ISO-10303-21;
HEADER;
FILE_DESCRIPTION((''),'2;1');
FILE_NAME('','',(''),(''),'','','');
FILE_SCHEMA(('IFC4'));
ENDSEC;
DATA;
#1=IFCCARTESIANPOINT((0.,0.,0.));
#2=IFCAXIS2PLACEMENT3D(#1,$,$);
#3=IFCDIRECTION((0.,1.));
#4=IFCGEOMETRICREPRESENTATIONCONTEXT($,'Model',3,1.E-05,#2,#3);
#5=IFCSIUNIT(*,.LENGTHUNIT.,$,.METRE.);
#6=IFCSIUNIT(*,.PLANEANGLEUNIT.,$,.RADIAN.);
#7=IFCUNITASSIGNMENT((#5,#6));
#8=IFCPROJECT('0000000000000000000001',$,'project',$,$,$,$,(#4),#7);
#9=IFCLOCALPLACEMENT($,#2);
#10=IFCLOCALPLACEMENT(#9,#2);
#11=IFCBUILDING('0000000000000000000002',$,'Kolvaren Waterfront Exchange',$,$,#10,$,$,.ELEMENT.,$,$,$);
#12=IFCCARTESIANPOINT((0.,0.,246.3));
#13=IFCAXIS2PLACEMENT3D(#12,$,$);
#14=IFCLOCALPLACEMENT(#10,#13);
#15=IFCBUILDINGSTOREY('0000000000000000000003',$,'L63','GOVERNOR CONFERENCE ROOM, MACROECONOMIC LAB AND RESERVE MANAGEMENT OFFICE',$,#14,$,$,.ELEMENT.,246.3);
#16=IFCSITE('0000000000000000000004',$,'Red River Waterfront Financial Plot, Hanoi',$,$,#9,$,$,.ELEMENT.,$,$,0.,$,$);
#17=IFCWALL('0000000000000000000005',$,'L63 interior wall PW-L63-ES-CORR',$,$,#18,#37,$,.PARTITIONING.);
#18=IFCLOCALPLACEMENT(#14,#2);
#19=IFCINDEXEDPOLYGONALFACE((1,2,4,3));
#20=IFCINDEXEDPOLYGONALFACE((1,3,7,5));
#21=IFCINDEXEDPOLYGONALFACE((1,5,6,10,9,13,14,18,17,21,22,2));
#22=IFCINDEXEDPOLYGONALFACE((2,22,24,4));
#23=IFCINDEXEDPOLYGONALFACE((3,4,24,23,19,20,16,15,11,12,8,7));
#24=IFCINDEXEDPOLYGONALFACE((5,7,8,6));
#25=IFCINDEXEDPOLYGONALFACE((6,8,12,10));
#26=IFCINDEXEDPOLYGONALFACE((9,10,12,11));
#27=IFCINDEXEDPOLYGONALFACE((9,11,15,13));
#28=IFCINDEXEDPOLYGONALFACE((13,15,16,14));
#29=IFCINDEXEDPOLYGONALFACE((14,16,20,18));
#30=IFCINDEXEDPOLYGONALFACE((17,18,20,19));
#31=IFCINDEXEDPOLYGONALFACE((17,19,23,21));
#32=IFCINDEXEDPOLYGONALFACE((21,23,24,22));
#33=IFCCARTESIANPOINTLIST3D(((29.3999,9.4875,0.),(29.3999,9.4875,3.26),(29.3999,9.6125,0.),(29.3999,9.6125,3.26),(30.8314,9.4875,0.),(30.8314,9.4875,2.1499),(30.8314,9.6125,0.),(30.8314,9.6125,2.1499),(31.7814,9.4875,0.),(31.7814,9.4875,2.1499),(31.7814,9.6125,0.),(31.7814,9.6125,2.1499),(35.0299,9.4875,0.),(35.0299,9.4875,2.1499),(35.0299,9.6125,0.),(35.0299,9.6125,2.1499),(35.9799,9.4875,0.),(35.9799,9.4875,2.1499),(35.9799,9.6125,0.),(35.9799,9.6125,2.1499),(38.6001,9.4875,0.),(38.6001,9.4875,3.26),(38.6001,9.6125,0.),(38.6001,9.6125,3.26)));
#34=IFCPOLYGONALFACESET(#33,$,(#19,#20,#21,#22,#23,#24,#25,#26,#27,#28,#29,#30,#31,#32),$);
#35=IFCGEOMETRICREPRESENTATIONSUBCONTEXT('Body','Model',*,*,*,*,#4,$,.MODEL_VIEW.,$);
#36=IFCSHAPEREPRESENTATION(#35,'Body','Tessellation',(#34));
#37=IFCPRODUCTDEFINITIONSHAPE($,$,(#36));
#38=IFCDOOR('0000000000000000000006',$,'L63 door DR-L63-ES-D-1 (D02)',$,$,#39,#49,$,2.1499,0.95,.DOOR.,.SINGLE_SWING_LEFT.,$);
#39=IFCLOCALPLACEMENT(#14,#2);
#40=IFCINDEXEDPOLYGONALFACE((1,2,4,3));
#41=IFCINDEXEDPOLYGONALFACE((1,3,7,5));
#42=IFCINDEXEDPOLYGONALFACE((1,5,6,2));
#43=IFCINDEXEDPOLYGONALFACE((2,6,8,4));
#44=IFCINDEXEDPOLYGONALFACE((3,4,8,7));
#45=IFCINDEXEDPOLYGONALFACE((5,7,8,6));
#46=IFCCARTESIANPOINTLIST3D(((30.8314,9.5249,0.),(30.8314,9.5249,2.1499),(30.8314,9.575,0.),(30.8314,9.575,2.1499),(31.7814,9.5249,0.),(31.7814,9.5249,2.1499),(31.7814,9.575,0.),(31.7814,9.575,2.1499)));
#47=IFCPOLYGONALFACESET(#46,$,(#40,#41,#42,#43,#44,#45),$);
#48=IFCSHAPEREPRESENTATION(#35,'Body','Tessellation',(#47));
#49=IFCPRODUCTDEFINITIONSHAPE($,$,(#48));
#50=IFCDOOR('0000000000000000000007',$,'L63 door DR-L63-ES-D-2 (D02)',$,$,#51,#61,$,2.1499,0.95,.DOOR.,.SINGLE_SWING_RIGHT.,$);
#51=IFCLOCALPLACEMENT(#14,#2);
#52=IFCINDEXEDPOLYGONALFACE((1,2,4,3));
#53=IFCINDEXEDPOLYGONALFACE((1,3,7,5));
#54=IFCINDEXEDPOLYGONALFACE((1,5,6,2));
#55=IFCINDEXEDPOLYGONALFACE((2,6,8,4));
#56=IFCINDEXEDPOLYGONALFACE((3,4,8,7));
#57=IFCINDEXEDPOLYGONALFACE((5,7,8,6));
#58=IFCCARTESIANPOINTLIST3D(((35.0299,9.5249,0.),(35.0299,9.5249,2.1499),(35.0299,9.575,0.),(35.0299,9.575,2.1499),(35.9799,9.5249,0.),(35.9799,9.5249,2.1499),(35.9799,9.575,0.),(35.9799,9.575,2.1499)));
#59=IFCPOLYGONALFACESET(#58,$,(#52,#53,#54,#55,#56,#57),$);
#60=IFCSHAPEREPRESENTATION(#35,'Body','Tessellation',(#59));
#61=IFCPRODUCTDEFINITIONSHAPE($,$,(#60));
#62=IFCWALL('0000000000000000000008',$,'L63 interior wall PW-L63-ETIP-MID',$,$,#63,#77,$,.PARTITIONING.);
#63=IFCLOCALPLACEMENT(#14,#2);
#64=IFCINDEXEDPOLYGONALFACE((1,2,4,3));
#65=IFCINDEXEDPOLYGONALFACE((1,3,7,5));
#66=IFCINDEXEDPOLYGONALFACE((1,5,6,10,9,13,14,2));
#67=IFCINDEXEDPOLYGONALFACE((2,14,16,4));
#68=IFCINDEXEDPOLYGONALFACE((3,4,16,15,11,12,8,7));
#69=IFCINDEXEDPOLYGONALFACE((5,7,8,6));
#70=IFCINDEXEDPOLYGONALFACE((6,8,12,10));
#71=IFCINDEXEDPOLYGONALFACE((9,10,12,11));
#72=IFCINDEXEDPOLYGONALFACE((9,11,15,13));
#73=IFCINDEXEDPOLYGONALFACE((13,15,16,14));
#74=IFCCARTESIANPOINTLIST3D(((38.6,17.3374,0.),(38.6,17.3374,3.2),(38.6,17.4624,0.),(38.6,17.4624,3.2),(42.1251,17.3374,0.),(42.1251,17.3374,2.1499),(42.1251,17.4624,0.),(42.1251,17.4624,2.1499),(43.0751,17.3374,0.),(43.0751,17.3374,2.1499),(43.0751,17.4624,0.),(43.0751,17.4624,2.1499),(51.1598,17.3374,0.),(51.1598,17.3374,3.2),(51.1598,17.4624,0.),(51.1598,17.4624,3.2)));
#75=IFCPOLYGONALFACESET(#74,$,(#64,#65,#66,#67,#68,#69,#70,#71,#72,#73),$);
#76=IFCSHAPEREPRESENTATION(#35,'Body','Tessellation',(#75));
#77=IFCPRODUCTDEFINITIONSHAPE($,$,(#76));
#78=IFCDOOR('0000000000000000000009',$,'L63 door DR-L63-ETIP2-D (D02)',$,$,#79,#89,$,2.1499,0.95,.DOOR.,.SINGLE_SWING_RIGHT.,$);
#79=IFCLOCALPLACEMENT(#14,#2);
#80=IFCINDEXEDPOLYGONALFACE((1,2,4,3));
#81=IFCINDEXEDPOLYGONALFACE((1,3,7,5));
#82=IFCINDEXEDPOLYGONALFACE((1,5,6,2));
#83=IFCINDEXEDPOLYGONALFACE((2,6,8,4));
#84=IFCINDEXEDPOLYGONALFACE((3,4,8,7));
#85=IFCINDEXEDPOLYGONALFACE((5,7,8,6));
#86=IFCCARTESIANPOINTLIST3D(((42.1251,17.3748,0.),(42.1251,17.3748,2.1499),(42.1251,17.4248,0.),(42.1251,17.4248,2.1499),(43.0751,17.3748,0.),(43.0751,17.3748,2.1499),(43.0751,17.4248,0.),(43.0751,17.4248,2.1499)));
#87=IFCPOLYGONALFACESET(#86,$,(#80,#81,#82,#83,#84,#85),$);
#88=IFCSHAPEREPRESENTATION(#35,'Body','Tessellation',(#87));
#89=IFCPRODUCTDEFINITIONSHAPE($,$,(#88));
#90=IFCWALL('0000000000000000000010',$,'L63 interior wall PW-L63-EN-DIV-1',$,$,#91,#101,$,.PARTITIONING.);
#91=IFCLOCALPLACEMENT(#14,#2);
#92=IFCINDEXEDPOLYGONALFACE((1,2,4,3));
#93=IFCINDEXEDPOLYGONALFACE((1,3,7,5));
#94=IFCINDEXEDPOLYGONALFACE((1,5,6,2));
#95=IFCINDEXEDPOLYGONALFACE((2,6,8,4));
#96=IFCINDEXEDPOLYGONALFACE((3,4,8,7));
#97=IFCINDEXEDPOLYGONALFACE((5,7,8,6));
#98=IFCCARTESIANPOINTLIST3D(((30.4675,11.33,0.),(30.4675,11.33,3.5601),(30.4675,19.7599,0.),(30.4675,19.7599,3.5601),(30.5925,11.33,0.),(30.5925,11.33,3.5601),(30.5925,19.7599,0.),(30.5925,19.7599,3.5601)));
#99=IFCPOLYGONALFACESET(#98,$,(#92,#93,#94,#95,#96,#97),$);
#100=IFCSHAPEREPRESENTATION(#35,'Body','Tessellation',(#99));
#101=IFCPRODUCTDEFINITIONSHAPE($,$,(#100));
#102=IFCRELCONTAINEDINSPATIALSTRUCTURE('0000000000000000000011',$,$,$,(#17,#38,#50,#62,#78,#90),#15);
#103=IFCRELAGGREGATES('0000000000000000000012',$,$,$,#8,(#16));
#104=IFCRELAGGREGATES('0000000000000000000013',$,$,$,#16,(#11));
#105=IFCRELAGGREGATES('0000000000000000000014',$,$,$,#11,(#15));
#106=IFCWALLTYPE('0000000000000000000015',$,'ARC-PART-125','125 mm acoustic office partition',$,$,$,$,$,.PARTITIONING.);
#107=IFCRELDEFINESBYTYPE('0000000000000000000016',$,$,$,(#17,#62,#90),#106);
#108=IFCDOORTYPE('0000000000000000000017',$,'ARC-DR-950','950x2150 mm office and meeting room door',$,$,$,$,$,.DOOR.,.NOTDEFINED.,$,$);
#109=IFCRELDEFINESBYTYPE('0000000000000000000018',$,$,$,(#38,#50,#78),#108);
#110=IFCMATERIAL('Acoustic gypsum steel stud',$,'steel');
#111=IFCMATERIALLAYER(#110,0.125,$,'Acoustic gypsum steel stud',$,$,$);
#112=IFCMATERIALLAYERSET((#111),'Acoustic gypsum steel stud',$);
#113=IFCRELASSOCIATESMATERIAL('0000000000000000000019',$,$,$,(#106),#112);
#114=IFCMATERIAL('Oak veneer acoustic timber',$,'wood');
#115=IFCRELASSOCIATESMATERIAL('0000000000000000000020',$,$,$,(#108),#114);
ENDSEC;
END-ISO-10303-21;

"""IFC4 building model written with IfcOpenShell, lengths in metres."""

from ifc_helpers import new_model, si_unit, direction, frame, frame_2d, origin, place, context, subcontext, project, spatial, rectangle, extrude, material, layer, layer_set, type_object, element, fill, save


model = new_model("IFC4")

# Units and contexts
model_context = context("Model", 3, precision=1e-05, world=origin(), true_north=direction((0.0, 1.0)))
body_context = subcontext(model_context, "Body", "Model", "MODEL_VIEW")
ifc_project = project(units=[si_unit("LENGTHUNIT", "METRE"), si_unit("PLANEANGLEUNIT", "RADIAN")], contexts=[model_context])

# Site, building, storey
site_placement = place(None, origin())
site = spatial("IfcSite", under=ifc_project, at=site_placement, Name="Red River Waterfront Financial Plot, Hanoi", CompositionType="ELEMENT", RefElevation=0.0)
building_placement = place(site_placement, origin())
building = spatial("IfcBuilding", under=site, at=building_placement, Name="Kolvaren Waterfront Exchange", CompositionType="ELEMENT")
storey_placement = place(building_placement, frame((0.0, 0.0, 246.3)))
storey = spatial("IfcBuildingStorey", under=building, at=storey_placement, Name="L63", Description="GOVERNOR CONFERENCE ROOM, MACROECONOMIC LAB AND RESERVE MANAGEMENT OFFICE", CompositionType="ELEMENT", Elevation=246.3)

# Wall, openings, doors
ifc_material_1 = material(Name="Acoustic gypsum steel stud", Category="steel")
ifc_layer_1 = layer(ifc_material_1, 0.125, Name="Acoustic gypsum steel stud")
ifc_layer_set_1 = layer_set([ifc_layer_1], Name="Acoustic gypsum steel stud")
wall_type_1 = type_object("IfcWallType", Name="ARC-PART-125", Description="125 mm acoustic office partition", PredefinedType="PARTITIONING", material=ifc_layer_set_1)
wall_1_placement = place(storey_placement, frame((29.3999, 9.55, 0.0), z_axis=(0.0, 0.0, 1.0), x_axis=(1.0, 0.0, 0.0)))
wall_1 = element("IfcWall", 1, at=wall_1_placement, inside=storey, type_object=wall_type_1, Name="L63 interior wall PW-L63-ES-CORR", PredefinedType="PARTITIONING", context=body_context, shape_type="SweptSolid", body=[
    extrude(rectangle(XDim=9.2002, YDim=0.125, at=frame_2d((4.6001, 0.0))), origin(), (0.0, 0.0, 1.0), 3.26),
])
opening_1_placement = place(wall_1_placement, frame((1.4314, 0.0, 0.0)))
opening_1 = element("IfcOpeningElement", 2, at=opening_1_placement, cuts=wall_1, PredefinedType="OPENING", context=body_context, shape_type="SweptSolid", body=[
    extrude(rectangle(XDim=0.95, YDim=2.1499, at=frame_2d((0.4751, 1.075))), frame((0.0, 0.0725, 0.0), z_axis=(0.0, -1.0, 0.0), x_axis=(1.0, 0.0, 0.0)), (0.0, 0.0, 1.0), 0.145),
])
opening_2_placement = place(wall_1_placement, frame((5.6299, 0.0, 0.0)))
opening_2 = element("IfcOpeningElement", 3, at=opening_2_placement, cuts=wall_1, PredefinedType="OPENING", context=body_context, shape_type="SweptSolid", body=[
    extrude(rectangle(XDim=0.95, YDim=2.1499, at=frame_2d((0.4751, 1.075))), frame((0.0, 0.0725, 0.0), z_axis=(0.0, -1.0, 0.0), x_axis=(1.0, 0.0, 0.0)), (0.0, 0.0, 1.0), 0.145),
])
ifc_material_2 = material(Name="Oak veneer acoustic timber", Category="wood")
door_type = type_object("IfcDoorType", Name="ARC-DR-950", Description="950x2150 mm office and meeting room door", OperationType="NOTDEFINED", PredefinedType="DOOR", material=ifc_material_2)
door_1_placement = place(opening_1_placement, origin())
door_1 = element("IfcDoor", 4, at=door_1_placement, inside=storey, type_object=door_type, Name="L63 door DR-L63-ES-D-1 (D02)", OperationType="SINGLE_SWING_LEFT", OverallHeight=2.1499, OverallWidth=0.95, PredefinedType="DOOR", context=body_context, shape_type="SweptSolid", body=[
    extrude(rectangle(XDim=0.95, YDim=2.1499, at=frame_2d((0.4751, 1.075))), frame((0.0, 0.0249, 0.0), z_axis=(0.0, -1.0, 0.0), x_axis=(1.0, 0.0, 0.0)), (0.0, 0.0, 1.0), 0.05),
])
fill(opening_1, door_1)
door_2_placement = place(opening_2_placement, origin())
door_2 = element("IfcDoor", 5, at=door_2_placement, inside=storey, type_object=door_type, Name="L63 door DR-L63-ES-D-2 (D02)", OperationType="SINGLE_SWING_RIGHT", OverallHeight=2.1499, OverallWidth=0.95, PredefinedType="DOOR", context=body_context, shape_type="SweptSolid", body=[
    extrude(rectangle(XDim=0.95, YDim=2.1499, at=frame_2d((0.4751, 1.075))), frame((0.0, 0.0249, 0.0), z_axis=(0.0, -1.0, 0.0), x_axis=(1.0, 0.0, 0.0)), (0.0, 0.0, 1.0), 0.05),
])
fill(opening_2, door_2)

# Wall, opening, door
wall_2_placement = place(storey_placement, frame((38.6001, 17.3999, 0.0), z_axis=(0.0, 0.0, 1.0), x_axis=(1.0, 0.0, 0.0)))
wall_2 = element("IfcWall", 6, at=wall_2_placement, inside=storey, type_object=wall_type_1, Name="L63 interior wall PW-L63-ETIP-MID", PredefinedType="PARTITIONING", context=body_context, shape_type="SweptSolid", body=[
    extrude(rectangle(XDim=12.5598, YDim=0.125, at=frame_2d((6.2798, 0.0))), origin(), (0.0, 0.0, 1.0), 3.2),
])
opening_3_placement = place(wall_2_placement, frame((3.5249, 0.0, 0.0)))
opening_3 = element("IfcOpeningElement", 7, at=opening_3_placement, cuts=wall_2, PredefinedType="OPENING", context=body_context, shape_type="SweptSolid", body=[
    extrude(rectangle(XDim=0.95, YDim=2.1499, at=frame_2d((0.4751, 1.075))), frame((0.0, 0.0725, 0.0), z_axis=(0.0, -1.0, 0.0), x_axis=(1.0, 0.0, 0.0)), (0.0, 0.0, 1.0), 0.145),
])
door_3_placement = place(opening_3_placement, origin())
door_3 = element("IfcDoor", 8, at=door_3_placement, inside=storey, type_object=door_type, Name="L63 door DR-L63-ETIP2-D (D02)", OperationType="SINGLE_SWING_RIGHT", OverallHeight=2.1499, OverallWidth=0.95, PredefinedType="DOOR", context=body_context, shape_type="SweptSolid", body=[
    extrude(rectangle(XDim=0.95, YDim=2.1499, at=frame_2d((0.4751, 1.075))), frame((0.0, 0.0249, 0.0), z_axis=(0.0, -1.0, 0.0), x_axis=(1.0, 0.0, 0.0)), (0.0, 0.0, 1.0), 0.05),
])
fill(opening_3, door_3)

# Wall
wall_3_placement = place(storey_placement, frame((30.53, 11.3301, 0.0), z_axis=(0.0, 0.0, 1.0), x_axis=(0.0, 1.0, 0.0)))
element("IfcWall", 9, at=wall_3_placement, inside=storey, type_object=wall_type_1, Name="L63 interior wall PW-L63-EN-DIV-1", PredefinedType="PARTITIONING", context=body_context, shape_type="SweptSolid", body=[
    extrude(rectangle(XDim=8.4299, YDim=0.125, at=frame_2d((4.2148, 0.0))), origin(), (0.0, 0.0, 1.0), 3.5601),
])

save(model, "model.ifc")
